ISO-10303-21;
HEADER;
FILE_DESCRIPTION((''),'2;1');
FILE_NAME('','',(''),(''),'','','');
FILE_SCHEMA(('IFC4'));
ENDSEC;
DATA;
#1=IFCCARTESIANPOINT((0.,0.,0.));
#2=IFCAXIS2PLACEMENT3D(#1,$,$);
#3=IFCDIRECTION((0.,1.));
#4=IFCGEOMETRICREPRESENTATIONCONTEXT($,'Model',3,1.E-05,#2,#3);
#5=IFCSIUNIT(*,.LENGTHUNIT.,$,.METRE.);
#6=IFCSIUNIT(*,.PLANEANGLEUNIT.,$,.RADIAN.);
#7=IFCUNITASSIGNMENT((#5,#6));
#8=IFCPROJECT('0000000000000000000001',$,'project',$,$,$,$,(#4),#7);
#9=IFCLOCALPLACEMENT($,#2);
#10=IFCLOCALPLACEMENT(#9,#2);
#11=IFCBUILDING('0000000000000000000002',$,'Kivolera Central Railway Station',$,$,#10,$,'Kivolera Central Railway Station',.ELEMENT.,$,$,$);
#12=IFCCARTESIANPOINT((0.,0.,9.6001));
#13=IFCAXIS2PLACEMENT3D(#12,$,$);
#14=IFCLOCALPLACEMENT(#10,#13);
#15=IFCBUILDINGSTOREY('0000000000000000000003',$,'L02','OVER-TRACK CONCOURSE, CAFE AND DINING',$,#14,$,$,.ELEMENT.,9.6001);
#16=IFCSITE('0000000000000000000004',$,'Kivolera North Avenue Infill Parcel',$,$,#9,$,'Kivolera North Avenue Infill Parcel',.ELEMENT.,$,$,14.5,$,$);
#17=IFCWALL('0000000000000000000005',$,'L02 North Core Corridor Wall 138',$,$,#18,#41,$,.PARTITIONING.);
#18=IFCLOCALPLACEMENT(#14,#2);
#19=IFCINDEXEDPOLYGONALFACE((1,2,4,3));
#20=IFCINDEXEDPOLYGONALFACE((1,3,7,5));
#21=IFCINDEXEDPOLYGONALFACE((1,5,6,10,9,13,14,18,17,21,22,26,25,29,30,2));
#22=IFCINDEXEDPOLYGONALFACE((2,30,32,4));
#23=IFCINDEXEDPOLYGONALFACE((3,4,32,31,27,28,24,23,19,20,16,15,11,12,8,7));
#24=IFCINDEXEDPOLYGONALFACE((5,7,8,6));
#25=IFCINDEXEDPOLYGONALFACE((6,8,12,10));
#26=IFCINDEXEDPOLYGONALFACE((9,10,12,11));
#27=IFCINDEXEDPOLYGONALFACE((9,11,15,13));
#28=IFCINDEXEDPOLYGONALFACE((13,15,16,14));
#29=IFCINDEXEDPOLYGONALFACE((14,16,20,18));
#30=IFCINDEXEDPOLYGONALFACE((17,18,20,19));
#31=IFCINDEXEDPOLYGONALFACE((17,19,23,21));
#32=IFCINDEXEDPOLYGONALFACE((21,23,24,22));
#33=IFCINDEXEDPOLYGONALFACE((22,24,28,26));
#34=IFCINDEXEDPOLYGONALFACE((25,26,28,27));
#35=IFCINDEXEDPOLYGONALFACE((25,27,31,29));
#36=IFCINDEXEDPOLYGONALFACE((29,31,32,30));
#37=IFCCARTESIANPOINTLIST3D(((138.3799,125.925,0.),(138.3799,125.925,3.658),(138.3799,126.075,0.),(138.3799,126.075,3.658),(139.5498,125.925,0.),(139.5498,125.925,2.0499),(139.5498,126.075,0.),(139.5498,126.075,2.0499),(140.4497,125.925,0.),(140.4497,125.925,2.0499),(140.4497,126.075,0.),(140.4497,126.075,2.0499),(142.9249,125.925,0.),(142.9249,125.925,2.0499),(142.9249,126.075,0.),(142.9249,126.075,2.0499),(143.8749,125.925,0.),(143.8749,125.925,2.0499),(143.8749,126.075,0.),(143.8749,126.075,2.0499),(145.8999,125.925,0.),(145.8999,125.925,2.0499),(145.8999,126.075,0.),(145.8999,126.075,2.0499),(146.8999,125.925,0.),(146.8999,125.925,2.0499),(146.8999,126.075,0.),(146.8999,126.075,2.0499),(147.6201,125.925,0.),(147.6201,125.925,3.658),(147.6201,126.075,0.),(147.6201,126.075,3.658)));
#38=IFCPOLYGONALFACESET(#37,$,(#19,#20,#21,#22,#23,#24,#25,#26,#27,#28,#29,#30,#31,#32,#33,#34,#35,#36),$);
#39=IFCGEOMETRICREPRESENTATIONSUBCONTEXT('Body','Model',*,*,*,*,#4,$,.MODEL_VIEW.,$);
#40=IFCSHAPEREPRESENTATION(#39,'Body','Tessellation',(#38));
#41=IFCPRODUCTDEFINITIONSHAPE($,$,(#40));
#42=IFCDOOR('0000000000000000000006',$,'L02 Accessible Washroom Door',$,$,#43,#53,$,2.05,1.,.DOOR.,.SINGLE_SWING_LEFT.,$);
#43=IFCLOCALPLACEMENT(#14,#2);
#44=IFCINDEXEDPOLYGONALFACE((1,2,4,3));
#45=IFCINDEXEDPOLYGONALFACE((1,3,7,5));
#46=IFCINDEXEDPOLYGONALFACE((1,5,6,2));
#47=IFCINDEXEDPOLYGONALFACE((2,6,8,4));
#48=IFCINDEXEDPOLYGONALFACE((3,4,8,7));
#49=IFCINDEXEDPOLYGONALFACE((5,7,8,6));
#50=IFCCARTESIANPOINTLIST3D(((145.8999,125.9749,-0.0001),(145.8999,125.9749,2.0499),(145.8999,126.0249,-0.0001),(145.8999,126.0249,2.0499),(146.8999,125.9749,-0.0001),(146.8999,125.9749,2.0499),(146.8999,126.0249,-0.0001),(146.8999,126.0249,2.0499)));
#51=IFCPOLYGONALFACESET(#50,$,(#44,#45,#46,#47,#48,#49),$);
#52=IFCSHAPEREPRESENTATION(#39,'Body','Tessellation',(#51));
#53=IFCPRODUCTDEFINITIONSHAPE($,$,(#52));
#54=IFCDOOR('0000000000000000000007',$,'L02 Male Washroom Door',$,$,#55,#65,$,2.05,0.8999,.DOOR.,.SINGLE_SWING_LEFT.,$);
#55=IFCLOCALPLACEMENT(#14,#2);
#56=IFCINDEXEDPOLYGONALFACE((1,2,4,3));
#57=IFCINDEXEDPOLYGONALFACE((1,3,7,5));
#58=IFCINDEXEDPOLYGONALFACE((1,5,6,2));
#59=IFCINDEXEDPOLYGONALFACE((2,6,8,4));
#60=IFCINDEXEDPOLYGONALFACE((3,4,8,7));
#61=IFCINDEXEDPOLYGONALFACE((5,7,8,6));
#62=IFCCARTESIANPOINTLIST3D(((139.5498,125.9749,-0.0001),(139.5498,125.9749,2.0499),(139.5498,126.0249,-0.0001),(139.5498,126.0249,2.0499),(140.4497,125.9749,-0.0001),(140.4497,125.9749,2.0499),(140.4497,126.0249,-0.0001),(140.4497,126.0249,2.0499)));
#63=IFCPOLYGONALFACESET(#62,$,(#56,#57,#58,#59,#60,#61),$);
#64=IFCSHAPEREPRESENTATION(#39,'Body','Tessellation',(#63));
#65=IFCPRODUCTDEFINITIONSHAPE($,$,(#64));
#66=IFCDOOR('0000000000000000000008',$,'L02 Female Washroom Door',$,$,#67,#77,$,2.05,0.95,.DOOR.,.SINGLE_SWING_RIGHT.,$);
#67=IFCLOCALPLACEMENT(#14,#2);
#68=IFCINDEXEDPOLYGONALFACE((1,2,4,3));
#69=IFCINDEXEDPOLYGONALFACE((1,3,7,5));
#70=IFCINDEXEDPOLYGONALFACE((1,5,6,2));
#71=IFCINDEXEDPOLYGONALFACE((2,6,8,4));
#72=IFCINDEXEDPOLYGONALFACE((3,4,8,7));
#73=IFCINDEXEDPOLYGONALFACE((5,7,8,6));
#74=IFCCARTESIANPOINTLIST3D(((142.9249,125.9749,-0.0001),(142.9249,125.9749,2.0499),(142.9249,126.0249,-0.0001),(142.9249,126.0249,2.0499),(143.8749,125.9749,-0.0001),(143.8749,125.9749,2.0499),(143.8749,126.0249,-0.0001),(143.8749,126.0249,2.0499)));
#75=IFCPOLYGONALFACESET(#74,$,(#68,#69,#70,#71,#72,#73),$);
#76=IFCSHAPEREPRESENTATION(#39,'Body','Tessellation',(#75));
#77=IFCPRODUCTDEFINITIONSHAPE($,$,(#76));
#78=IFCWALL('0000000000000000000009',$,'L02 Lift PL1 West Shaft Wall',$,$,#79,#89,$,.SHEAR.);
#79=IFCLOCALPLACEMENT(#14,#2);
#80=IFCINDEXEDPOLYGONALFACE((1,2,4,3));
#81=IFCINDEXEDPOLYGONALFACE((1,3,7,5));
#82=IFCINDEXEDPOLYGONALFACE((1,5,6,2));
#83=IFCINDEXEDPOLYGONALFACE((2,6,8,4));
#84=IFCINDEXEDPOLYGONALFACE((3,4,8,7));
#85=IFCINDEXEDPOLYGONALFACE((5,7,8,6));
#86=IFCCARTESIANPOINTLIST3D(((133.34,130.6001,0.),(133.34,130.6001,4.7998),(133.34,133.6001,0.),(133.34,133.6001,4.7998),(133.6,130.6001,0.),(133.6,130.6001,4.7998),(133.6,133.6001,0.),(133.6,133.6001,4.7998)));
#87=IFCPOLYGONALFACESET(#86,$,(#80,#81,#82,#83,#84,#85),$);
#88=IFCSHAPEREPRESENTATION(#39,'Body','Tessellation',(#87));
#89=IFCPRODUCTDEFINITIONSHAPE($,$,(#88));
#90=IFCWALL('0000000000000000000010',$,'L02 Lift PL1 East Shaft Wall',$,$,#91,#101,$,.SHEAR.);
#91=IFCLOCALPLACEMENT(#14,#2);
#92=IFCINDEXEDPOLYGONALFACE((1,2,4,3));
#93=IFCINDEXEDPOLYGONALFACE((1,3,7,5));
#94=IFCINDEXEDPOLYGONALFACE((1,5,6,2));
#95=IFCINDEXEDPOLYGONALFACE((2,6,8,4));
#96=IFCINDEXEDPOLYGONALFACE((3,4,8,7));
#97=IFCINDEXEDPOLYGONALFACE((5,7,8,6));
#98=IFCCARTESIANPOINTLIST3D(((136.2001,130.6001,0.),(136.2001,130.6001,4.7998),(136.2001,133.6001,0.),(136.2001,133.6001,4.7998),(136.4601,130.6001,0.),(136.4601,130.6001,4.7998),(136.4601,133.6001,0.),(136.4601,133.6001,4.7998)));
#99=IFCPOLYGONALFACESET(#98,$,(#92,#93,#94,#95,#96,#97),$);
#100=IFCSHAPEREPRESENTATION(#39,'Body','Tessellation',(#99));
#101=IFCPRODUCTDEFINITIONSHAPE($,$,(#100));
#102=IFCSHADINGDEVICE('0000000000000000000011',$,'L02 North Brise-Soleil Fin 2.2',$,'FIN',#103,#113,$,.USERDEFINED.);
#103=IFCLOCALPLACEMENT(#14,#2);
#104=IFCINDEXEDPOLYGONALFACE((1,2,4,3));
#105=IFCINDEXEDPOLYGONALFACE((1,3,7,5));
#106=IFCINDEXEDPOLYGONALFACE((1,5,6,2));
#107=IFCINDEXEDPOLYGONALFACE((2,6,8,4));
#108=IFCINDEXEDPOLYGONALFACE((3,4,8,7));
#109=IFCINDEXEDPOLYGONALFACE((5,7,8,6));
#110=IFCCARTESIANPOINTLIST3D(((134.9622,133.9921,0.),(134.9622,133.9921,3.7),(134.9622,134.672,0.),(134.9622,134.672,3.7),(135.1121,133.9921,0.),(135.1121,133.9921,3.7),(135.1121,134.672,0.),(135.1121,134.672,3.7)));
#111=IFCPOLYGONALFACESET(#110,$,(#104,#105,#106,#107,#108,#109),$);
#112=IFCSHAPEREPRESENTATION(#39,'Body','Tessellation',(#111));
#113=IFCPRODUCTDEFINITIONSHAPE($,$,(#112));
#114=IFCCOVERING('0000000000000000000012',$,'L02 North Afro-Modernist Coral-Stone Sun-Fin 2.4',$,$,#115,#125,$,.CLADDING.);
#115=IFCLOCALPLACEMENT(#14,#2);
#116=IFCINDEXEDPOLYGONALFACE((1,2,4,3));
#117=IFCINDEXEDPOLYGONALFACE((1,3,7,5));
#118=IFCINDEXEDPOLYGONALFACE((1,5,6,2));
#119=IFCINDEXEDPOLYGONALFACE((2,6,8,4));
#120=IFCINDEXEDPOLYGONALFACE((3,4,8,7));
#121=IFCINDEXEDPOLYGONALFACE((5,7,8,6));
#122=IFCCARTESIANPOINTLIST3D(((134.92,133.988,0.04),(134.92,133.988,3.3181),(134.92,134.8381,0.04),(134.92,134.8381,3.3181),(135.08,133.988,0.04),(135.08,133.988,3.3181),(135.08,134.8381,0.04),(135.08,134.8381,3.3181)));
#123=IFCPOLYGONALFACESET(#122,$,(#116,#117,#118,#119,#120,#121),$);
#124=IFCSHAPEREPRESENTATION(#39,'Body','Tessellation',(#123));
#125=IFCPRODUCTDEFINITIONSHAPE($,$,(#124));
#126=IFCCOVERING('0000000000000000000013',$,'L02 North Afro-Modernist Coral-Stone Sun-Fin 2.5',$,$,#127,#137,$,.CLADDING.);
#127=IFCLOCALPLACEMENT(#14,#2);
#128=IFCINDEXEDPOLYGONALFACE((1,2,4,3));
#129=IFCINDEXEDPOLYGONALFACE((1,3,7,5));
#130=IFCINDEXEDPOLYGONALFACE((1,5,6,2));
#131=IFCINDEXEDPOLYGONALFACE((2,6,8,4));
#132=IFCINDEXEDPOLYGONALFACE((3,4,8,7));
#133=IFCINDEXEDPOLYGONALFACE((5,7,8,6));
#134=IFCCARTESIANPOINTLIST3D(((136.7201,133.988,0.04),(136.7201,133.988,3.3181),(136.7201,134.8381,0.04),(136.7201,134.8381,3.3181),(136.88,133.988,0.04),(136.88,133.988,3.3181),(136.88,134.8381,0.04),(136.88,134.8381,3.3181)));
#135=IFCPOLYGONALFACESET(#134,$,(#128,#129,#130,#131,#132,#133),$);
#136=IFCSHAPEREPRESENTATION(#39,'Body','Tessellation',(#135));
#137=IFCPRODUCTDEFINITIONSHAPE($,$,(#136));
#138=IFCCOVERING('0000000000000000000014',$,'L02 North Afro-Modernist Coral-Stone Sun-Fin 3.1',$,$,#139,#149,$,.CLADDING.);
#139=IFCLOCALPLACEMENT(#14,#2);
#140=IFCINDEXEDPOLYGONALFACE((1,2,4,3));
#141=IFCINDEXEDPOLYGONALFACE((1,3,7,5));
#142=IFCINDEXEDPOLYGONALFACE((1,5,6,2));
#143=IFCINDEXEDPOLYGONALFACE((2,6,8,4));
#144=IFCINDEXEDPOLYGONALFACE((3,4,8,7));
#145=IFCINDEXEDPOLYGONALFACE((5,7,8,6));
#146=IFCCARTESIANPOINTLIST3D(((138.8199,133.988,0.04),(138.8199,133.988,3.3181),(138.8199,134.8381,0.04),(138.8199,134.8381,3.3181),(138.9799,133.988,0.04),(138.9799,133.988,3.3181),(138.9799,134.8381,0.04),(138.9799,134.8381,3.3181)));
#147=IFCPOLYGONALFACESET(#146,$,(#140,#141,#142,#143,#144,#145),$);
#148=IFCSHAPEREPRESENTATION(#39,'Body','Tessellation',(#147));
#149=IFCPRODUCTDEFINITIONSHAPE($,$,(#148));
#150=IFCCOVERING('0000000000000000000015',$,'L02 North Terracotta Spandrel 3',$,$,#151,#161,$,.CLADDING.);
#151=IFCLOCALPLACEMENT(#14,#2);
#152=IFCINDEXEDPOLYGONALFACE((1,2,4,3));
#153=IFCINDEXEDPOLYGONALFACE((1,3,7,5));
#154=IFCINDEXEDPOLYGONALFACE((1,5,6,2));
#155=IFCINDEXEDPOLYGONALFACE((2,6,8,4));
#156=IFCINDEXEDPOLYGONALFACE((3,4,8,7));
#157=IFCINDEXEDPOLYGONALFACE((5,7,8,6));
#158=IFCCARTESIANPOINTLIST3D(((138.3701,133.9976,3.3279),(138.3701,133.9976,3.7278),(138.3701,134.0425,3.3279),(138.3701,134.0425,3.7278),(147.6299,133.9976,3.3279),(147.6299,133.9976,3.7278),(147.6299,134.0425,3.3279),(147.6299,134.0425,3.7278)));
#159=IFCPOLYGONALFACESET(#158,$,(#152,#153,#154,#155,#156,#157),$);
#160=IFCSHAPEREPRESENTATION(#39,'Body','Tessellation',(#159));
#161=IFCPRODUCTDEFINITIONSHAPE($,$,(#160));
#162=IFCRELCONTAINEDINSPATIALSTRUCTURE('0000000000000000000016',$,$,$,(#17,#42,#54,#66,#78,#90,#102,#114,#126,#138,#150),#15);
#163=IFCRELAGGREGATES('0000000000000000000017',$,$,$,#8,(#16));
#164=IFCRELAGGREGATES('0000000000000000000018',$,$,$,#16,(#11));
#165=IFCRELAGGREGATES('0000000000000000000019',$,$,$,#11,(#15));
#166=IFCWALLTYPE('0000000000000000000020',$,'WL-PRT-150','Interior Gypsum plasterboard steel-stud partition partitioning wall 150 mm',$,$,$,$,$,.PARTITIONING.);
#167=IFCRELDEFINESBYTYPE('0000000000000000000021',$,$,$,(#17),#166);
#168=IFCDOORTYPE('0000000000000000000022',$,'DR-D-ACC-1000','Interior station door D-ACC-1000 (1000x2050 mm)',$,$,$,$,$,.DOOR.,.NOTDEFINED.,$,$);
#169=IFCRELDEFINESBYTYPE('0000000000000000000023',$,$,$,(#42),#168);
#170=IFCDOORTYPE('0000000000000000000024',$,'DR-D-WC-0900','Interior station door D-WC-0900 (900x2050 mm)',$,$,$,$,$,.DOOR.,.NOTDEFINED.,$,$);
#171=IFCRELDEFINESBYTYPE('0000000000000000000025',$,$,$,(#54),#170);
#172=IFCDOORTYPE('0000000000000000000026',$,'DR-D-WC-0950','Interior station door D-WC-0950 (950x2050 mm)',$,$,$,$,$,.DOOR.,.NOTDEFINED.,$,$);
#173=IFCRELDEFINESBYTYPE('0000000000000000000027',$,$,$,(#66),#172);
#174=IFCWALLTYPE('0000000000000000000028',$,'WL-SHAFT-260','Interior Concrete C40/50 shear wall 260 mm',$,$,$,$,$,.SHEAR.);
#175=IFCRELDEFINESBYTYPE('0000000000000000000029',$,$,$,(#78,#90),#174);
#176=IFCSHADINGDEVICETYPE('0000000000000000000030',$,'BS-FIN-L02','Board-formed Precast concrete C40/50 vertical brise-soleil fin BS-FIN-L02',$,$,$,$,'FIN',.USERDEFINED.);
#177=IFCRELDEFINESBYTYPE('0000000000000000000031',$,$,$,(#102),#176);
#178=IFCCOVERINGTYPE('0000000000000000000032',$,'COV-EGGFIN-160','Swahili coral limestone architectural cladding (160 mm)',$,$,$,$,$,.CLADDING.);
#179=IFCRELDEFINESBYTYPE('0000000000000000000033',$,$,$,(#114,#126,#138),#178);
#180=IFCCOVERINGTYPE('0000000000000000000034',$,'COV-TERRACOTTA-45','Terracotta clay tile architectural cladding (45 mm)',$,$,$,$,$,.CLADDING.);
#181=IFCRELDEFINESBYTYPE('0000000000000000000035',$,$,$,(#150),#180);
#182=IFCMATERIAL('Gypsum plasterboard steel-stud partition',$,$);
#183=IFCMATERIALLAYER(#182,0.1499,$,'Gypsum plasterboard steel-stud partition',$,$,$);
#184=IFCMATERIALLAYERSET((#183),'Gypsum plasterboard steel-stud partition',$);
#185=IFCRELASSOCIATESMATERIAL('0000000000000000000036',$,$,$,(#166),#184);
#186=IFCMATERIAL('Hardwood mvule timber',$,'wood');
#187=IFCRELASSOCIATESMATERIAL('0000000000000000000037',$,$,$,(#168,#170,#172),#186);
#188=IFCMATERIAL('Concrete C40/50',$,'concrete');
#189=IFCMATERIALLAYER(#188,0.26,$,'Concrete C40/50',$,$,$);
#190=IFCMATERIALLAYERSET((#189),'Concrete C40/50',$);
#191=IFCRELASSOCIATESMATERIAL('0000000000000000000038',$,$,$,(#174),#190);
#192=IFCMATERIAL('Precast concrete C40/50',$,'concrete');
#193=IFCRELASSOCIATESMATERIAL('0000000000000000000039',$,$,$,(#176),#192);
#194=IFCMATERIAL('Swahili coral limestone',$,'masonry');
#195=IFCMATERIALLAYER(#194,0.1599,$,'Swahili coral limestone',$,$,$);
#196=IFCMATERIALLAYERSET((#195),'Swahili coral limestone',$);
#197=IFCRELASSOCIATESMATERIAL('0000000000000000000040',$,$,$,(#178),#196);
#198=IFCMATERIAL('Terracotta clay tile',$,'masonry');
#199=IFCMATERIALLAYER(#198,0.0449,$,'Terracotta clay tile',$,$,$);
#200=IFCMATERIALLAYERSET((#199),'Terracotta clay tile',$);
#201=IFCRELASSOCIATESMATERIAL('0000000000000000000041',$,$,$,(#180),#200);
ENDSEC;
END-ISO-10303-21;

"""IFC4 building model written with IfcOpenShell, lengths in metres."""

from ifc_helpers import new_model, si_unit, direction, frame, frame_2d, origin, origin_2d, place, context, subcontext, project, spatial, rectangle, extrude, material, layer, layer_set, type_object, element, fill, save


model = new_model("IFC4")

# Units and contexts
model_context = context("Model", 3, precision=1e-05, world=origin(), true_north=direction((0.0, 1.0)))
body_context = subcontext(model_context, "Body", "Model", "MODEL_VIEW")
ifc_project = project(units=[si_unit("LENGTHUNIT", "METRE"), si_unit("PLANEANGLEUNIT", "RADIAN")], contexts=[model_context])

# Site, building, storey
site_placement = place(None, origin())
site = spatial("IfcSite", under=ifc_project, at=site_placement, Name="Kivolera North Avenue Infill Parcel", LongName="Kivolera North Avenue Infill Parcel", CompositionType="ELEMENT", RefElevation=14.5)
building_placement = place(site_placement, origin())
building = spatial("IfcBuilding", under=site, at=building_placement, Name="Kivolera Central Railway Station", LongName="Kivolera Central Railway Station", CompositionType="ELEMENT")
storey_placement = place(building_placement, frame((0.0, 0.0, 9.6001)))
storey = spatial("IfcBuildingStorey", under=building, at=storey_placement, Name="L02", Description="OVER-TRACK CONCOURSE, CAFE AND DINING", CompositionType="ELEMENT", Elevation=9.6001)

# Shared definitions
ifc_material_1 = material(Name="Concrete C40/50", Category="concrete")

# Shared definitions
ifc_material_2 = material(Name="Swahili coral limestone", Category="masonry")

# Wall, openings, doors
ifc_material_3 = material(Name="Gypsum plasterboard steel-stud partition")
ifc_layer_1 = layer(ifc_material_3, 0.1499, Name="Gypsum plasterboard steel-stud partition")
ifc_layer_set_1 = layer_set([ifc_layer_1], Name="Gypsum plasterboard steel-stud partition")
wall_type_1 = type_object("IfcWallType", Name="WL-PRT-150", Description="Interior Gypsum plasterboard steel-stud partition partitioning wall 150 mm", PredefinedType="PARTITIONING", material=ifc_layer_set_1)
wall_1_placement = place(storey_placement, frame((138.3799, 126.0, 0.0), z_axis=(0.0, 0.0, 1.0), x_axis=(1.0, 0.0, 0.0)))
wall_1 = element("IfcWall", 1, at=wall_1_placement, inside=storey, type_object=wall_type_1, Name="L02 North Core Corridor Wall 138", PredefinedType="PARTITIONING", context=body_context, shape_type="SweptSolid", body=[
    extrude(rectangle(XDim=9.2402, YDim=0.1499, at=frame_2d((4.6201, 0.0))), origin(), (0.0, 0.0, 1.0), 3.658),
])
opening_1_placement = place(wall_1_placement, frame((1.1699, 0.0, 0.0)))
opening_1 = element("IfcOpeningElement", 2, at=opening_1_placement, cuts=wall_1, PredefinedType="OPENING", context=body_context, shape_type="SweptSolid", body=[
    extrude(rectangle(XDim=0.8999, YDim=2.05, at=frame_2d((0.45, 1.0249))), frame((0.0, 0.085, 0.0), z_axis=(0.0, -1.0, 0.0), x_axis=(1.0, 0.0, 0.0)), (0.0, 0.0, 1.0), 0.1699),
])
opening_2_placement = place(wall_1_placement, frame((4.5449, 0.0, 0.0)))
opening_2 = element("IfcOpeningElement", 3, at=opening_2_placement, cuts=wall_1, PredefinedType="OPENING", context=body_context, shape_type="SweptSolid", body=[
    extrude(rectangle(XDim=0.95, YDim=2.05, at=frame_2d((0.4751, 1.0249))), frame((0.0, 0.085, 0.0), z_axis=(0.0, -1.0, 0.0), x_axis=(1.0, 0.0, 0.0)), (0.0, 0.0, 1.0), 0.1699),
])
opening_3_placement = place(wall_1_placement, frame((7.52, 0.0, 0.0)))
opening_3 = element("IfcOpeningElement", 4, at=opening_3_placement, cuts=wall_1, PredefinedType="OPENING", context=body_context, shape_type="SweptSolid", body=[
    extrude(rectangle(XDim=1.0, YDim=2.05, at=frame_2d((0.5, 1.0249))), frame((0.0, 0.085, 0.0), z_axis=(0.0, -1.0, 0.0), x_axis=(1.0, 0.0, 0.0)), (0.0, 0.0, 1.0), 0.1699),
])
ifc_material_4 = material(Name="Hardwood mvule timber", Category="wood")
door_type_1 = type_object("IfcDoorType", Name="DR-D-ACC-1000", Description="Interior station door D-ACC-1000 (1000x2050 mm)", OperationType="NOTDEFINED", PredefinedType="DOOR", material=ifc_material_4)
door_1_placement = place(opening_3_placement, origin())
door_1 = element("IfcDoor", 5, at=door_1_placement, inside=storey, type_object=door_type_1, Name="L02 Accessible Washroom Door", OperationType="SINGLE_SWING_LEFT", OverallHeight=2.05, OverallWidth=1.0, PredefinedType="DOOR", context=body_context, shape_type="SweptSolid", body=[
    extrude(rectangle(XDim=1.0, YDim=2.05, at=frame_2d((0.5, 1.0249))), frame((0.0, 0.0249, 0.0), z_axis=(0.0, -1.0, 0.0), x_axis=(1.0, 0.0, 0.0)), (0.0, 0.0, 1.0), 0.05),
])
fill(opening_3, door_1)
door_type_2 = type_object("IfcDoorType", Name="DR-D-WC-0900", Description="Interior station door D-WC-0900 (900x2050 mm)", OperationType="NOTDEFINED", PredefinedType="DOOR", material=ifc_material_4)
door_2_placement = place(opening_1_placement, origin())
door_2 = element("IfcDoor", 6, at=door_2_placement, inside=storey, type_object=door_type_2, Name="L02 Male Washroom Door", OperationType="SINGLE_SWING_LEFT", OverallHeight=2.05, OverallWidth=0.8999, PredefinedType="DOOR", context=body_context, shape_type="SweptSolid", body=[
    extrude(rectangle(XDim=0.8999, YDim=2.05, at=frame_2d((0.45, 1.0249))), frame((0.0, 0.0249, 0.0), z_axis=(0.0, -1.0, 0.0), x_axis=(1.0, 0.0, 0.0)), (0.0, 0.0, 1.0), 0.05),
])
fill(opening_1, door_2)
door_type_3 = type_object("IfcDoorType", Name="DR-D-WC-0950", Description="Interior station door D-WC-0950 (950x2050 mm)", OperationType="NOTDEFINED", PredefinedType="DOOR", material=ifc_material_4)
door_3_placement = place(opening_2_placement, origin())
door_3 = element("IfcDoor", 7, at=door_3_placement, inside=storey, type_object=door_type_3, Name="L02 Female Washroom Door", OperationType="SINGLE_SWING_RIGHT", OverallHeight=2.05, OverallWidth=0.95, PredefinedType="DOOR", context=body_context, shape_type="SweptSolid", body=[
    extrude(rectangle(XDim=0.95, YDim=2.05, at=frame_2d((0.4751, 1.0249))), frame((0.0, 0.0249, 0.0), z_axis=(0.0, -1.0, 0.0), x_axis=(1.0, 0.0, 0.0)), (0.0, 0.0, 1.0), 0.05),
])
fill(opening_2, door_3)

# Shared definitions
ifc_layer_2 = layer(ifc_material_1, 0.26, Name="Concrete C40/50")
ifc_layer_set_2 = layer_set([ifc_layer_2], Name="Concrete C40/50")
wall_type_2 = type_object("IfcWallType", Name="WL-SHAFT-260", Description="Interior Concrete C40/50 shear wall 260 mm", PredefinedType="SHEAR", material=ifc_layer_set_2)

# Walls
for number, where, z_axis, x_axis, name in (
    (8, (133.47, 130.6001, 0.0), (0.0, 0.0, 1.0), (0.0, 1.0, 0.0), "L02 Lift PL1 West Shaft Wall"),
    (9, (136.3301, 130.6001, 0.0), (0.0, 0.0, 1.0), (0.0, 1.0, 0.0), "L02 Lift PL1 East Shaft Wall"),
):
    element("IfcWall", number, at=place(storey_placement, frame(where, z_axis=z_axis, x_axis=x_axis)), inside=storey, type_object=wall_type_2, Name=name, PredefinedType="SHEAR", context=body_context, shape_type="SweptSolid", body=[
        extrude(rectangle(XDim=3.0, YDim=0.26, at=frame_2d((1.5, 0.0))), origin(), (0.0, 0.0, 1.0), 4.7998),
    ])

# Shading device
ifc_material_5 = material(Name="Precast concrete C40/50", Category="concrete")
shading_device_type = type_object("IfcShadingDeviceType", Name="BS-FIN-L02", Description="Board-formed Precast concrete C40/50 vertical brise-soleil fin BS-FIN-L02", ElementType="FIN", PredefinedType="USERDEFINED", material=ifc_material_5)
shading_device_placement = place(storey_placement, frame((135.0371, 134.332, 0.0), z_axis=(0.0, 0.0, 1.0), x_axis=(1.0, 0.0, 0.0)))
element("IfcShadingDevice", 10, at=shading_device_placement, inside=storey, type_object=shading_device_type, Name="L02 North Brise-Soleil Fin 2.2", ObjectType="FIN", PredefinedType="USERDEFINED", context=body_context, shape_type="SweptSolid", body=[
    extrude(rectangle(XDim=0.1499, YDim=0.6799, at=origin_2d()), origin(), (0.0, 0.0, 1.0), 3.7),
])

# Coverings
ifc_layer_3 = layer(ifc_material_2, 0.1599, Name="Swahili coral limestone")
ifc_layer_set_3 = layer_set([ifc_layer_3], Name="Swahili coral limestone")
covering_type_1 = type_object("IfcCoveringType", Name="COV-EGGFIN-160", Description="Swahili coral limestone architectural cladding (160 mm)", PredefinedType="CLADDING", material=ifc_layer_set_3)
for number, where, z_axis, x_axis, name in (
    (11, (135.0, 134.4131, 0.04), (0.0, 0.0, 1.0), (1.0, 0.0, 0.0), "L02 North Afro-Modernist Coral-Stone Sun-Fin 2.4"),
    (12, (136.8, 134.4131, 0.04), (0.0, 0.0, 1.0), (1.0, 0.0, 0.0), "L02 North Afro-Modernist Coral-Stone Sun-Fin 2.5"),
    (13, (138.8999, 134.4131, 0.04), (0.0, 0.0, 1.0), (1.0, 0.0, 0.0), "L02 North Afro-Modernist Coral-Stone Sun-Fin 3.1"),
):
    element("IfcCovering", number, at=place(storey_placement, frame(where, z_axis=z_axis, x_axis=x_axis)), inside=storey, type_object=covering_type_1, Name=name, PredefinedType="CLADDING", context=body_context, shape_type="SweptSolid", body=[
        extrude(rectangle(XDim=0.1599, YDim=0.8501, at=origin_2d()), origin(), (0.0, 0.0, 1.0), 3.2781),
    ])
ifc_material_6 = material(Name="Terracotta clay tile", Category="masonry")
ifc_layer_4 = layer(ifc_material_6, 0.0449, Name="Terracotta clay tile")
ifc_layer_set_4 = layer_set([ifc_layer_4], Name="Terracotta clay tile")
covering_type_2 = type_object("IfcCoveringType", Name="COV-TERRACOTTA-45", Description="Terracotta clay tile architectural cladding (45 mm)", PredefinedType="CLADDING", material=ifc_layer_set_4)
covering_placement = place(storey_placement, frame((138.3701, 134.02, 3.3279), z_axis=(0.0, 0.0, 1.0), x_axis=(1.0, 0.0, 0.0)))
element("IfcCovering", 14, at=covering_placement, inside=storey, type_object=covering_type_2, Name="L02 North Terracotta Spandrel 3", PredefinedType="CLADDING", context=body_context, shape_type="SweptSolid", body=[
    extrude(rectangle(XDim=9.2598, YDim=0.0449, at=frame_2d((4.6299, 0.0))), origin(), (0.0, 0.0, 1.0), 0.3999),
])

save(model, "model.ifc")
